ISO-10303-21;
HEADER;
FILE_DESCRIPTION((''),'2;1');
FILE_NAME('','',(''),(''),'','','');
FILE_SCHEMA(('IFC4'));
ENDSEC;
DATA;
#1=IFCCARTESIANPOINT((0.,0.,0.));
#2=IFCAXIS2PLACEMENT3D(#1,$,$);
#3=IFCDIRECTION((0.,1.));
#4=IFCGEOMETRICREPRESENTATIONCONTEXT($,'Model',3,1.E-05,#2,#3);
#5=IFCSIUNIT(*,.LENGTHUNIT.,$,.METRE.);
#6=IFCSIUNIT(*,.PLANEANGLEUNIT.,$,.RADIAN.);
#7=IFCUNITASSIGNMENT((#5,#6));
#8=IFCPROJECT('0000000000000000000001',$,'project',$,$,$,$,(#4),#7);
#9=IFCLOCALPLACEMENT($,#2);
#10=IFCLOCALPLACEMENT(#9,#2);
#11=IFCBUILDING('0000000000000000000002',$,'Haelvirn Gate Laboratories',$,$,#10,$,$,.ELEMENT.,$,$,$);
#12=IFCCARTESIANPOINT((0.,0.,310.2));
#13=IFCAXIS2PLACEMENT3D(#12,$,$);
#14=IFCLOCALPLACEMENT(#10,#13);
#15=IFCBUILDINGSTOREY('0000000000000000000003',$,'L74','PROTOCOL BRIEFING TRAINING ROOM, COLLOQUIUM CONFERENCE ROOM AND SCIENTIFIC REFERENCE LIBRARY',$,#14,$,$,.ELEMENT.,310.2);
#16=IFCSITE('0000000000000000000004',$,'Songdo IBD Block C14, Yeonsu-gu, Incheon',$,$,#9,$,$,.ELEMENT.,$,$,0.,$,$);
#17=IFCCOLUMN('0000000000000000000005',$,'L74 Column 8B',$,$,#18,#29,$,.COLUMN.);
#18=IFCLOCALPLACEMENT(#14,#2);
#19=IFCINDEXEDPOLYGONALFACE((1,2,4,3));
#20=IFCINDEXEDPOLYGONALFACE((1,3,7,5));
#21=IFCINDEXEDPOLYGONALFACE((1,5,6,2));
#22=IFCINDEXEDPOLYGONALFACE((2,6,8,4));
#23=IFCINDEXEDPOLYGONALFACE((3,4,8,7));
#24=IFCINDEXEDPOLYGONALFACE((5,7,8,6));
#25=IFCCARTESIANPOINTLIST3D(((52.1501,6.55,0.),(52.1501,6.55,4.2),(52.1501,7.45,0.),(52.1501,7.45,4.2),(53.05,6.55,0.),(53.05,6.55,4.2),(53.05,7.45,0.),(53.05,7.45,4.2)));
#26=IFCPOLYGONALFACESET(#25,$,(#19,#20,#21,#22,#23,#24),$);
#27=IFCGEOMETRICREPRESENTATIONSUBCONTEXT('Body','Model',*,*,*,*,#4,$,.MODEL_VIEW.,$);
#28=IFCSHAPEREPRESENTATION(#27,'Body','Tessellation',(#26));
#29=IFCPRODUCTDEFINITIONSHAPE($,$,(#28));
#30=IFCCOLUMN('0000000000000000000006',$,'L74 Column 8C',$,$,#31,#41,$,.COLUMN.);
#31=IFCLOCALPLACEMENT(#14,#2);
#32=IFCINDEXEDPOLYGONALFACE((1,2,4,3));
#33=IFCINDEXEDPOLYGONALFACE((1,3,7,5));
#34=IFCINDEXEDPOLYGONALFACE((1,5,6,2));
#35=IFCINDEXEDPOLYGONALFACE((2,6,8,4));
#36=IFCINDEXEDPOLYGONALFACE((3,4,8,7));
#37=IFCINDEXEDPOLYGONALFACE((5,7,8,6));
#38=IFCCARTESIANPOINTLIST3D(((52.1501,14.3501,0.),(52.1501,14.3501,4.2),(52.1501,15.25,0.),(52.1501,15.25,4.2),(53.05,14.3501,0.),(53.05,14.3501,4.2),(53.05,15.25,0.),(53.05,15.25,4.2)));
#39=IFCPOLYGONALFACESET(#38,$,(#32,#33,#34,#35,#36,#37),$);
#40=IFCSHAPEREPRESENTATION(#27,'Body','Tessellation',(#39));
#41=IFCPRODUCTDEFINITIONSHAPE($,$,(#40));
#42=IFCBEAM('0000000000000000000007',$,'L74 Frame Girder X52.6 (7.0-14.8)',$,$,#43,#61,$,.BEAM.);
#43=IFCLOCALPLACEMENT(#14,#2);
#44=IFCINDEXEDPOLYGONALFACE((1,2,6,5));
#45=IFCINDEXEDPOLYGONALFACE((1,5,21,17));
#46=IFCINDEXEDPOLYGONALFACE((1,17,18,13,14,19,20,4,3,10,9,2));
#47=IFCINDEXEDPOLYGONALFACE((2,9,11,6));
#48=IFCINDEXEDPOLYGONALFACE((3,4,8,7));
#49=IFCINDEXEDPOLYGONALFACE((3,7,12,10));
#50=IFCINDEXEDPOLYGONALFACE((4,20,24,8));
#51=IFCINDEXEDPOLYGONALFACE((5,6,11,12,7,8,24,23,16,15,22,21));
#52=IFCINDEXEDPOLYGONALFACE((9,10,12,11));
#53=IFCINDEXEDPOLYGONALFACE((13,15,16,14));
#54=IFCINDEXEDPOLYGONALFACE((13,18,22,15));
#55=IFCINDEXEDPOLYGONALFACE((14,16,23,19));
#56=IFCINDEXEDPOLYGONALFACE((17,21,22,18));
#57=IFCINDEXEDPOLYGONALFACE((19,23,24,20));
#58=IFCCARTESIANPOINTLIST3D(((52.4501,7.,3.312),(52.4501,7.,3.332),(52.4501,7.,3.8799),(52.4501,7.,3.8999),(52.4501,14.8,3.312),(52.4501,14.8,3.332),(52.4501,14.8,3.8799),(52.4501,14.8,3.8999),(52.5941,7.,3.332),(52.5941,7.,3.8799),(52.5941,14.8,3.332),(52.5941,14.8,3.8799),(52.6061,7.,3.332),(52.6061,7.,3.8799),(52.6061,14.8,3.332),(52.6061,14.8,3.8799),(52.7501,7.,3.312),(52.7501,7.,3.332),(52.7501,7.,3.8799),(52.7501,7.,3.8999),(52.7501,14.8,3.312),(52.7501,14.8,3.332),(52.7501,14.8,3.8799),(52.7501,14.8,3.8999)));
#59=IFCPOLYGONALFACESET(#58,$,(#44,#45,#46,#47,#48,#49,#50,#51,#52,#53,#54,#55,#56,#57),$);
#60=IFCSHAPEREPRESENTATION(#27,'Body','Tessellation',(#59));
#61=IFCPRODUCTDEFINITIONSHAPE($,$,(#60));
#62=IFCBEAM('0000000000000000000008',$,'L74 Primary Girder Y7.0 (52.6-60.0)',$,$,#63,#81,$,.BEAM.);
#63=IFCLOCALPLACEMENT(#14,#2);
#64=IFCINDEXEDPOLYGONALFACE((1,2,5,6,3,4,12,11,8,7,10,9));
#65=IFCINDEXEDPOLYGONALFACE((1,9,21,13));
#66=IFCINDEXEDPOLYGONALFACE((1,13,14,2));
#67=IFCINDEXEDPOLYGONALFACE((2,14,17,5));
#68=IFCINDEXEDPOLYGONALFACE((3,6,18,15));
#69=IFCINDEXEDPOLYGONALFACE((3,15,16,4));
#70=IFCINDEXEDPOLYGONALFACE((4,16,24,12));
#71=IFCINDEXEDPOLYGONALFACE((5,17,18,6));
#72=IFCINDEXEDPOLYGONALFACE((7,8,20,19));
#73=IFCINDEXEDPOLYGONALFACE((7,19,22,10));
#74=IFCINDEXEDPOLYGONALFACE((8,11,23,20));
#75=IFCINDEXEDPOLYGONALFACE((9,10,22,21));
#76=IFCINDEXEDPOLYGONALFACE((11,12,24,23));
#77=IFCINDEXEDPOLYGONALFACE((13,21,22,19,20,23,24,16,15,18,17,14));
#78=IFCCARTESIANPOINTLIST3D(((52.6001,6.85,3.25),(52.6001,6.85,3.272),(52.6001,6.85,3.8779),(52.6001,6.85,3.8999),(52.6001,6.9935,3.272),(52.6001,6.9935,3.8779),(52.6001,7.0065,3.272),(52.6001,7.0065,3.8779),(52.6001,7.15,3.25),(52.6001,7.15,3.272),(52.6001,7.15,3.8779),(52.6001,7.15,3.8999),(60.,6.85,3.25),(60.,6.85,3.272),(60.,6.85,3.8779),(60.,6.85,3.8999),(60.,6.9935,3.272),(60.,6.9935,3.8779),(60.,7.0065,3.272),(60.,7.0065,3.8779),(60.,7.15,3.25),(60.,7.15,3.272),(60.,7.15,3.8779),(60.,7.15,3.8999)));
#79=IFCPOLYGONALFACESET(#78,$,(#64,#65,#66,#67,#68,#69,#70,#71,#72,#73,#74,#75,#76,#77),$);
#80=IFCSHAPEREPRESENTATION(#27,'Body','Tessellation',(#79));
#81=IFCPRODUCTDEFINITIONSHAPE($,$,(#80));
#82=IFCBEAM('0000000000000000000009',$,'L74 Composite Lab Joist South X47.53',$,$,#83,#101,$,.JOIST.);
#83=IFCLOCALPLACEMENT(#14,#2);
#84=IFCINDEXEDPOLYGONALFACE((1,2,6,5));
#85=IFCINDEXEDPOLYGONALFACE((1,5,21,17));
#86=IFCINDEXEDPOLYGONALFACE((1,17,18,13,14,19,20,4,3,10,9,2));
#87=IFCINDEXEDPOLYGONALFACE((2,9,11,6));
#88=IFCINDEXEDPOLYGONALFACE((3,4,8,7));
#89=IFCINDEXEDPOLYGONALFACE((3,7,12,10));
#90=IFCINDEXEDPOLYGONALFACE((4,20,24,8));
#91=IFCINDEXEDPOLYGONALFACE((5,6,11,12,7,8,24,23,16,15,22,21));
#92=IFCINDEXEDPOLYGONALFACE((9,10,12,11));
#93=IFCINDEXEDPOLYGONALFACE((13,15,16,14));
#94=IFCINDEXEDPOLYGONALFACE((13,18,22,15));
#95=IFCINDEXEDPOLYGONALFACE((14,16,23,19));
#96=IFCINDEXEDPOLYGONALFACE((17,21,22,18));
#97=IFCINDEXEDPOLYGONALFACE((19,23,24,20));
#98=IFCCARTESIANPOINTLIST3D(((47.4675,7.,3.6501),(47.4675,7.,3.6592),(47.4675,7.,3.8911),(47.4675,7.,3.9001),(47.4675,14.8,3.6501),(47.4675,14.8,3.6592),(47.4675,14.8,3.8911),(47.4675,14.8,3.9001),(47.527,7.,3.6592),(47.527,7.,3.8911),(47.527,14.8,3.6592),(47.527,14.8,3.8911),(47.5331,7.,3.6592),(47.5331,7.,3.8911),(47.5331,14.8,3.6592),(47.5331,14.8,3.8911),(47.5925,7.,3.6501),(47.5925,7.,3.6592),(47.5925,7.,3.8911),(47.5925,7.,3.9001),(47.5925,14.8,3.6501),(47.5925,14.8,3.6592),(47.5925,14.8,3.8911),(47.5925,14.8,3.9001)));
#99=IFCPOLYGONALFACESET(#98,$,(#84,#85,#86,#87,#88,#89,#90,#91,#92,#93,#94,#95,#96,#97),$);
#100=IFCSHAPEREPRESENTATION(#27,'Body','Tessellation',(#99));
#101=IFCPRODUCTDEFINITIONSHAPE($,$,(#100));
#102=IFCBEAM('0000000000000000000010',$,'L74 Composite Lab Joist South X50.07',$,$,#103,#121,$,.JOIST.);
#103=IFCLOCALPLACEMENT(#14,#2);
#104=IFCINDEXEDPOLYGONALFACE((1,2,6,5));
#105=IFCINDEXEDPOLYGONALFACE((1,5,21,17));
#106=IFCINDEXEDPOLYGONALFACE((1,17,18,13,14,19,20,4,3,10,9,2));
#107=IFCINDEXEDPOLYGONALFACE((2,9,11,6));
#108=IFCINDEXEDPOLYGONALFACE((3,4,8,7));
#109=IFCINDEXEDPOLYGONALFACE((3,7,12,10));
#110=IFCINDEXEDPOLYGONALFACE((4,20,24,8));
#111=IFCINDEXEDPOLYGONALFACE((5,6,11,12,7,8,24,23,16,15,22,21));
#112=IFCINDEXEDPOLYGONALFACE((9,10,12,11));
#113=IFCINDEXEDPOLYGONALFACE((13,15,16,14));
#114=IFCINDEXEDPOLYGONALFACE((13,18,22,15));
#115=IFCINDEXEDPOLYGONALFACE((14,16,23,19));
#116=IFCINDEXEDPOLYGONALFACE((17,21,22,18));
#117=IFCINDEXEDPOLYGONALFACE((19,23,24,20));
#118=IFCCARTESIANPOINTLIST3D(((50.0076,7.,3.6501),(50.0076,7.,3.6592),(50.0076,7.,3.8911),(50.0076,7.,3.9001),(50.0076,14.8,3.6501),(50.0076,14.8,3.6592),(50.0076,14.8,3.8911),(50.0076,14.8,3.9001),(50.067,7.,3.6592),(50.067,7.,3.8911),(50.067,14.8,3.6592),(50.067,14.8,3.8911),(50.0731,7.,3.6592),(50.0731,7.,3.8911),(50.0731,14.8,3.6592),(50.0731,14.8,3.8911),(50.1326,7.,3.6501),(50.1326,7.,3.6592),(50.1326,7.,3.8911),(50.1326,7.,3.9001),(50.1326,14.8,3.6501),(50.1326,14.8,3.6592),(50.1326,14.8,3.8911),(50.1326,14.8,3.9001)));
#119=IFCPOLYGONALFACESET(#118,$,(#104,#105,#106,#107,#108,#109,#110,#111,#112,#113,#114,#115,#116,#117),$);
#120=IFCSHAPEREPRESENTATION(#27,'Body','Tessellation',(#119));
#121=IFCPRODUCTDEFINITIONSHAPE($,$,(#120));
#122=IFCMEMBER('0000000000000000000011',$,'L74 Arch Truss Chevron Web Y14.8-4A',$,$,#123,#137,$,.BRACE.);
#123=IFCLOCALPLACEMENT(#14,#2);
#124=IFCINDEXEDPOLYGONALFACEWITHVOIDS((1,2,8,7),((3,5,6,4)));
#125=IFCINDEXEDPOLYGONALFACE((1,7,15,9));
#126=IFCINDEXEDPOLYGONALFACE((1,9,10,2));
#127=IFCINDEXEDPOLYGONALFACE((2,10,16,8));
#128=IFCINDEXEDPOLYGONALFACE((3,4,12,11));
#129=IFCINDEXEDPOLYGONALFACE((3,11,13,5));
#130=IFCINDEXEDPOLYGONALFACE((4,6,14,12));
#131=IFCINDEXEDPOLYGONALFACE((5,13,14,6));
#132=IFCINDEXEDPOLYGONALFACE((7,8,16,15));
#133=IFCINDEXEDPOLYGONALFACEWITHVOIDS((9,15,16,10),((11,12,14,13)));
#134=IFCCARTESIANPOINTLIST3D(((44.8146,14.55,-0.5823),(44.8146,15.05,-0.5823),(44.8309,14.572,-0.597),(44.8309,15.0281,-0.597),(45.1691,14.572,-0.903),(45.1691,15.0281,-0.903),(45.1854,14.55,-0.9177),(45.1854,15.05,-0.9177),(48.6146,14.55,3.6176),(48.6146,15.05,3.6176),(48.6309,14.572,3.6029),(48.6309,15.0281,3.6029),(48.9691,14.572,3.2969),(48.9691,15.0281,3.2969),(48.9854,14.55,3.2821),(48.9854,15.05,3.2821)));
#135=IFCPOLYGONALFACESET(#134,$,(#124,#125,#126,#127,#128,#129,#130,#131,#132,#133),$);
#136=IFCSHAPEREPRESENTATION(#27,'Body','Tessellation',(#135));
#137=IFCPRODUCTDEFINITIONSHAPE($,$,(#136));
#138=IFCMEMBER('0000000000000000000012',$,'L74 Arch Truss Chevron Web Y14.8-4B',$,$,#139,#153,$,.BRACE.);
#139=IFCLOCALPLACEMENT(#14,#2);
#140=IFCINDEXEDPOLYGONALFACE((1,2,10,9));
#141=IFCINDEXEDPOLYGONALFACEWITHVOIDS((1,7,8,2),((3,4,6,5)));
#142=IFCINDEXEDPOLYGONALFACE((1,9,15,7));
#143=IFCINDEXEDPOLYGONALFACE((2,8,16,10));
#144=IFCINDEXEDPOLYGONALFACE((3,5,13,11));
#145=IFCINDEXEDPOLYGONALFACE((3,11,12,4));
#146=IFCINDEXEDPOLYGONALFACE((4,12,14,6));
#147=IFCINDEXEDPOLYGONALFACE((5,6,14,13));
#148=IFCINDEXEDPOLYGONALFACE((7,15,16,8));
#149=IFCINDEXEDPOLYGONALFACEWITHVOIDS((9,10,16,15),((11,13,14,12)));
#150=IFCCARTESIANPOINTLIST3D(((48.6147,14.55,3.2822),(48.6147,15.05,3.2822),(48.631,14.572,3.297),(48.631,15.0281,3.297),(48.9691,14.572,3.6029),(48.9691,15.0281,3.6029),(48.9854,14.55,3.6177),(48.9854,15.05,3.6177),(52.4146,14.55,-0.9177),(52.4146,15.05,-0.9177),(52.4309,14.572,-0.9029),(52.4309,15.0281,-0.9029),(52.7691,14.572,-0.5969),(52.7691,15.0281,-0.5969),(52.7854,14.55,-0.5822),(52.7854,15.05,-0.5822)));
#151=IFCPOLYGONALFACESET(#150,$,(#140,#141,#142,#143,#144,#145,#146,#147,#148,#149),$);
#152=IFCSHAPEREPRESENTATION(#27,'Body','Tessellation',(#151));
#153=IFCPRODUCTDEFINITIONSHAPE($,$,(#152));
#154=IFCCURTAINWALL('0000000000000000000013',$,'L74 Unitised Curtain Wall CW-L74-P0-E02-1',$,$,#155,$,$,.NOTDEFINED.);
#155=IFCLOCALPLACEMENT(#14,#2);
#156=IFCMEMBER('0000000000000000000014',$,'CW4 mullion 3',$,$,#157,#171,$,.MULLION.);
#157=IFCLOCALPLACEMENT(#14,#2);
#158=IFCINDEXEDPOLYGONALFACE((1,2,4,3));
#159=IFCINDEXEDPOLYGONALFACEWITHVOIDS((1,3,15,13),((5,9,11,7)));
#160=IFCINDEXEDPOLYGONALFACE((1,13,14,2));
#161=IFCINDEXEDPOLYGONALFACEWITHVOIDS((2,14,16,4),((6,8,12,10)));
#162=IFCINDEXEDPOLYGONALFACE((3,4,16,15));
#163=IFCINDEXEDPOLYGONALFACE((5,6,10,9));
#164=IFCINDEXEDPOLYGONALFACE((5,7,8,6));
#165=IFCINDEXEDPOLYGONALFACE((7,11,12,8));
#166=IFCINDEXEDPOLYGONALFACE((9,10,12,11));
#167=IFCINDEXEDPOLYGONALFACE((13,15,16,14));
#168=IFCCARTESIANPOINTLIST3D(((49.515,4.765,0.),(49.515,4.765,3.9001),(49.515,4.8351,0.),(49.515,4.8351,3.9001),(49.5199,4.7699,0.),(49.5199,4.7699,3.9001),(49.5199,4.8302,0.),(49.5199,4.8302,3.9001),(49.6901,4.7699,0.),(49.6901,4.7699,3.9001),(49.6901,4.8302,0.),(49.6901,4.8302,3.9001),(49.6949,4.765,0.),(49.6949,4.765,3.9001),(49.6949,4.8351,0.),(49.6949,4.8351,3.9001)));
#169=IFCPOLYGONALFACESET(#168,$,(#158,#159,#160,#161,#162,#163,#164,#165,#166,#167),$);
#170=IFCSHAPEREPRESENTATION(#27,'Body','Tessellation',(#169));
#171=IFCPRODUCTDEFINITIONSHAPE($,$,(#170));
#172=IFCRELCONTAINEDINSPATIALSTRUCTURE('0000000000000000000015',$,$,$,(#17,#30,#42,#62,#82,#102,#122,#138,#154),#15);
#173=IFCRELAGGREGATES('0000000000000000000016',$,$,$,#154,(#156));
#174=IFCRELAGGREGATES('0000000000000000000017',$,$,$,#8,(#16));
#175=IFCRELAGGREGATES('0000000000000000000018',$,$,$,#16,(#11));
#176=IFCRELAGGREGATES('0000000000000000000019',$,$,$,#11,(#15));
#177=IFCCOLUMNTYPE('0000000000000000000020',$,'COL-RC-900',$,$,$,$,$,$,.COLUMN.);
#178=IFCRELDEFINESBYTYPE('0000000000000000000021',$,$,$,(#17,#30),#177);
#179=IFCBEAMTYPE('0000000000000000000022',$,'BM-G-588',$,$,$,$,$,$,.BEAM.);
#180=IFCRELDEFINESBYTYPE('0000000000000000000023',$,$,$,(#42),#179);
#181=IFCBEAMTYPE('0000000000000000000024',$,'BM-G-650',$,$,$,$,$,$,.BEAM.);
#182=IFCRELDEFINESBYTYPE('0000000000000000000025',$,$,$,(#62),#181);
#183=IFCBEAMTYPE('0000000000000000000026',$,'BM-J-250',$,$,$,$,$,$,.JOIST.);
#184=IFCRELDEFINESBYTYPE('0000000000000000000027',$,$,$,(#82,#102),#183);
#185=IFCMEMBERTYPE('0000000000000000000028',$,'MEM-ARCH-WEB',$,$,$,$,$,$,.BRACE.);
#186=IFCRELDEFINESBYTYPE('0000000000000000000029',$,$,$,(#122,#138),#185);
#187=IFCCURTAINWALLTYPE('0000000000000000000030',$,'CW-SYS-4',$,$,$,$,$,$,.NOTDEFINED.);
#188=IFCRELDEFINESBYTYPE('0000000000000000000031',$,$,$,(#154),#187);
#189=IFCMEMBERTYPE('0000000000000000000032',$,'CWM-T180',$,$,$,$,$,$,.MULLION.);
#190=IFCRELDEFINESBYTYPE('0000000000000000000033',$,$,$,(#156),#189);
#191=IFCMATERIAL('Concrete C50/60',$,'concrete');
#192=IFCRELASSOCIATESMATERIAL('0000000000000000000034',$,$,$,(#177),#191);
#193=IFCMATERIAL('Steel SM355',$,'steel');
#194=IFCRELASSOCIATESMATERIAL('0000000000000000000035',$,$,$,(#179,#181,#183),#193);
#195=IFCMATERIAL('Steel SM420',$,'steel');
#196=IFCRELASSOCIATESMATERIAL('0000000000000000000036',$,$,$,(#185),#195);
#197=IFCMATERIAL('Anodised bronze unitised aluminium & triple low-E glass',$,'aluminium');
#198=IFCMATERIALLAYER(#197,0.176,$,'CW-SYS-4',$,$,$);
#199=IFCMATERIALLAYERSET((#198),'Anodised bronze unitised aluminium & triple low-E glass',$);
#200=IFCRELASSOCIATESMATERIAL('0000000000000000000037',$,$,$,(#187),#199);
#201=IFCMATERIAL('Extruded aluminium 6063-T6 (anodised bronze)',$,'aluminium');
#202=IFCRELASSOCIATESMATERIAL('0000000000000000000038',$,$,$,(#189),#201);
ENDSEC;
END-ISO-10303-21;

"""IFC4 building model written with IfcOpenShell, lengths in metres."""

from ifc_helpers import new_model, si_unit, direction, frame, origin, origin_2d, place, context, subcontext, project, spatial, rectangle, hollow_rectangle, i_section, extrude, source, transform, mapped, material, layer, layer_set, material_profile, profile_set, type_object, type_shapes, element, aggregate, save


model = new_model("IFC4")

# Units and contexts
model_context = context("Model", 3, precision=1e-05, world=origin(), true_north=direction((0.0, 1.0)))
body_context = subcontext(model_context, "Body", "Model", "MODEL_VIEW")
ifc_project = project(units=[si_unit("LENGTHUNIT", "METRE"), si_unit("PLANEANGLEUNIT", "RADIAN")], contexts=[model_context])

# Site, building, storey
site_placement = place(None, origin())
site = spatial("IfcSite", under=ifc_project, at=site_placement, Name="Songdo IBD Block C14, Yeonsu-gu, Incheon", CompositionType="ELEMENT", RefElevation=0.0)
building_placement = place(site_placement, origin())
building = spatial("IfcBuilding", under=site, at=building_placement, Name="Haelvirn Gate Laboratories", CompositionType="ELEMENT")
storey_placement = place(building_placement, frame((0.0, 0.0, 310.2)))
storey = spatial("IfcBuildingStorey", under=building, at=storey_placement, Name="L74", Description="PROTOCOL BRIEFING TRAINING ROOM, COLLOQUIUM CONFERENCE ROOM AND SCIENTIFIC REFERENCE LIBRARY", CompositionType="ELEMENT", Elevation=310.2)

# Columns
ifc_material_1 = material(Name="Concrete C50/60", Category="concrete")
ifc_material_profile_1 = material_profile(ifc_material_1, rectangle(XDim=0.8999, YDim=0.8999, at=origin_2d()), Name="RC-900x900")
ifc_profile_set_1 = profile_set([ifc_material_profile_1], Name="Concrete C50/60")
column_type = type_object("IfcColumnType", Name="COL-RC-900", PredefinedType="COLUMN", material=ifc_profile_set_1)
shared_shape_1 = source(origin(), body_context, "Body", "SweptSolid", [
    extrude(rectangle(XDim=0.8999, YDim=0.8999, at=origin_2d()), origin(), (0.0, 0.0, 1.0), 4.2),
])
type_shapes(column_type, [shared_shape_1])
for number, where, z_axis, x_axis, name in (
    (1, (52.6001, 7.0, 0.0), (0.0, 0.0, 1.0), (1.0, 0.0, 0.0), "L74 Column 8B"),
    (2, (52.6001, 14.8, 0.0), (0.0, 0.0, 1.0), (1.0, 0.0, 0.0), "L74 Column 8C"),
):
    element("IfcColumn", number, at=place(storey_placement, frame(where, z_axis=z_axis, x_axis=x_axis)), inside=storey, type_object=column_type, Name=name, PredefinedType="COLUMN", context=body_context, shape_type="MappedRepresentation", body=[
        mapped(shared_shape_1, transform((0.0, 0.0, 0.0), scale=1.0)),
    ])

# Beams
ifc_material_2 = material(Name="Steel SM355", Category="steel")
ifc_material_profile_2 = material_profile(ifc_material_2, i_section(OverallWidth=0.3, OverallDepth=0.5879, WebThickness=0.012, FlangeThickness=0.02, at=origin_2d()), Name="H-588x300x12x20")
ifc_profile_set_2 = profile_set([ifc_material_profile_2], Name="Steel SM355")
beam_type_1 = type_object("IfcBeamType", Name="BM-G-588", PredefinedType="BEAM", material=ifc_profile_set_2)
shared_shape_2 = source(origin(), body_context, "Body", "SweptSolid", [
    extrude(i_section(OverallWidth=0.3, OverallDepth=0.5879, WebThickness=0.012, FlangeThickness=0.02, at=origin_2d()), origin(), (0.0, 0.0, 1.0), 7.8),
])
type_shapes(beam_type_1, [shared_shape_2])
beam_1_placement = place(storey_placement, frame((52.6001, 7.0, 3.606), z_axis=(0.0, 1.0, 0.0), x_axis=(-1.0, 0.0, 0.0)))
element("IfcBeam", 3, at=beam_1_placement, inside=storey, type_object=beam_type_1, Name="L74 Frame Girder X52.6 (7.0-14.8)", PredefinedType="BEAM", context=body_context, shape_type="MappedRepresentation", body=[
    mapped(shared_shape_2, transform((0.0, 0.0, 0.0), scale=1.0)),
])
ifc_material_profile_3 = material_profile(ifc_material_2, i_section(OverallWidth=0.3, OverallDepth=0.6499, WebThickness=0.0129, FlangeThickness=0.022, at=origin_2d()), Name="H-650x300x13x22")
ifc_profile_set_3 = profile_set([ifc_material_profile_3], Name="Steel SM355")
beam_type_2 = type_object("IfcBeamType", Name="BM-G-650", PredefinedType="BEAM", material=ifc_profile_set_3)
shared_shape_3 = source(origin(), body_context, "Body", "SweptSolid", [
    extrude(i_section(OverallWidth=0.3, OverallDepth=0.6499, WebThickness=0.0129, FlangeThickness=0.022, at=origin_2d()), origin(), (0.0, 0.0, 1.0), 7.3999),
])
type_shapes(beam_type_2, [shared_shape_3])
beam_2_placement = place(storey_placement, frame((52.6001, 7.0, 3.575), z_axis=(1.0, 0.0, 0.0), x_axis=(0.0, 1.0, 0.0)))
element("IfcBeam", 4, at=beam_2_placement, inside=storey, type_object=beam_type_2, Name="L74 Primary Girder Y7.0 (52.6-60.0)", PredefinedType="BEAM", context=body_context, shape_type="MappedRepresentation", body=[
    mapped(shared_shape_3, transform((0.0, 0.0, 0.0), scale=1.0)),
])
ifc_material_profile_4 = material_profile(ifc_material_2, i_section(OverallWidth=0.125, OverallDepth=0.25, WebThickness=0.0061, FlangeThickness=0.009, at=origin_2d()), Name="H-250x125x6x9")
ifc_profile_set_4 = profile_set([ifc_material_profile_4], Name="Steel SM355")
beam_type_3 = type_object("IfcBeamType", Name="BM-J-250", PredefinedType="JOIST", material=ifc_profile_set_4)
shared_shape_4 = source(origin(), body_context, "Body", "SweptSolid", [
    extrude(i_section(OverallWidth=0.125, OverallDepth=0.25, WebThickness=0.0061, FlangeThickness=0.009, at=origin_2d()), origin(), (0.0, 0.0, 1.0), 7.8),
])
type_shapes(beam_type_3, [shared_shape_4])
for number, where, z_axis, x_axis, name in (
    (5, (47.53, 7.0, 3.7751), (0.0, 1.0, 0.0), (-1.0, 0.0, 0.0), "L74 Composite Lab Joist South X47.53"),
    (6, (50.0701, 7.0, 3.7751), (0.0, 1.0, 0.0), (-1.0, 0.0, 0.0), "L74 Composite Lab Joist South X50.07"),
):
    element("IfcBeam", number, at=place(storey_placement, frame(where, z_axis=z_axis, x_axis=x_axis)), inside=storey, type_object=beam_type_3, Name=name, PredefinedType="JOIST", context=body_context, shape_type="MappedRepresentation", body=[
        mapped(shared_shape_4, transform((0.0, 0.0, 0.0), scale=1.0)),
    ])

# Members
ifc_material_3 = material(Name="Steel SM420", Category="steel")
ifc_material_profile_5 = material_profile(ifc_material_3, hollow_rectangle(XDim=0.5, YDim=0.5, WallThickness=0.022, at=origin_2d()), Name="BOX-500x500x22")
ifc_profile_set_5 = profile_set([ifc_material_profile_5], Name="Steel SM420")
member_type_1 = type_object("IfcMemberType", Name="MEM-ARCH-WEB", PredefinedType="BRACE", material=ifc_profile_set_5)
shared_shape_5 = source(origin(), body_context, "Body", "SweptSolid", [
    extrude(hollow_rectangle(XDim=0.5, YDim=0.5, WallThickness=0.022, at=origin_2d()), origin(), (0.0, 0.0, 1.0), 5.6638),
])
type_shapes(member_type_1, [shared_shape_5])
for number, where, z_axis, x_axis, name in (
    (7, (45.0, 14.8, -0.75), (0.670922, 0.0, 0.741528), (0.0, 1.0, 0.0), "L74 Arch Truss Chevron Web Y14.8-4A"),
    (8, (48.8, 14.8, 3.45), (0.670922, 0.0, -0.741528), (0.0, 1.0, 0.0), "L74 Arch Truss Chevron Web Y14.8-4B"),
):
    element("IfcMember", number, at=place(storey_placement, frame(where, z_axis=z_axis, x_axis=x_axis)), inside=storey, type_object=member_type_1, Name=name, PredefinedType="BRACE", context=body_context, shape_type="MappedRepresentation", body=[
        mapped(shared_shape_5, transform((0.0, 0.0, 0.0), scale=1.0)),
    ])

# Curtain wall, member
ifc_material_4 = material(Name="Anodised bronze unitised aluminium & triple low-E glass", Category="aluminium")
ifc_layer_1 = layer(ifc_material_4, 0.176, Name="CW-SYS-4")
ifc_layer_set_1 = layer_set([ifc_layer_1], Name="Anodised bronze unitised aluminium & triple low-E glass")
curtain_wall_type = type_object("IfcCurtainWallType", Name="CW-SYS-4", PredefinedType="NOTDEFINED", material=ifc_layer_set_1)
curtain_wall_1_placement = place(storey_placement, origin())
curtain_wall_1 = element("IfcCurtainWall", 9, at=curtain_wall_1_placement, inside=storey, type_object=curtain_wall_type, Name="L74 Unitised Curtain Wall CW-L74-P0-E02-1", PredefinedType="NOTDEFINED")
ifc_material_5 = material(Name="Extruded aluminium 6063-T6 (anodised bronze)", Category="aluminium")
ifc_material_profile_6 = material_profile(ifc_material_5, hollow_rectangle(XDim=0.0701, YDim=0.1799, WallThickness=0.0049, at=origin_2d()), Name="CWM-180x70x5")
ifc_profile_set_6 = profile_set([ifc_material_profile_6], Name="Extruded aluminium 6063-T6 (anodised bronze)")
member_type_2 = type_object("IfcMemberType", Name="CWM-T180", PredefinedType="MULLION", material=ifc_profile_set_6)
shared_shape_6 = source(origin(), body_context, "Body", "SweptSolid", [
    extrude(hollow_rectangle(XDim=0.0701, YDim=0.1799, WallThickness=0.0049, at=origin_2d()), origin(), (0.0, 0.0, 1.0), 3.9001),
])
type_shapes(member_type_2, [shared_shape_6])
member_1_placement = place(storey_placement, frame((49.605, 4.8, 0.0), z_axis=(0.0, 0.0, 1.0), x_axis=(0.0, 1.0, 0.0)))
member_1 = element("IfcMember", 10, at=member_1_placement, type_object=member_type_2, Name="CW4 mullion 3", PredefinedType="MULLION", context=body_context, shape_type="MappedRepresentation", body=[
    mapped(shared_shape_6, transform((0.0, 0.0, 0.0), scale=1.0)),
])
aggregate(curtain_wall_1, [member_1])

save(model, "model.ifc")
